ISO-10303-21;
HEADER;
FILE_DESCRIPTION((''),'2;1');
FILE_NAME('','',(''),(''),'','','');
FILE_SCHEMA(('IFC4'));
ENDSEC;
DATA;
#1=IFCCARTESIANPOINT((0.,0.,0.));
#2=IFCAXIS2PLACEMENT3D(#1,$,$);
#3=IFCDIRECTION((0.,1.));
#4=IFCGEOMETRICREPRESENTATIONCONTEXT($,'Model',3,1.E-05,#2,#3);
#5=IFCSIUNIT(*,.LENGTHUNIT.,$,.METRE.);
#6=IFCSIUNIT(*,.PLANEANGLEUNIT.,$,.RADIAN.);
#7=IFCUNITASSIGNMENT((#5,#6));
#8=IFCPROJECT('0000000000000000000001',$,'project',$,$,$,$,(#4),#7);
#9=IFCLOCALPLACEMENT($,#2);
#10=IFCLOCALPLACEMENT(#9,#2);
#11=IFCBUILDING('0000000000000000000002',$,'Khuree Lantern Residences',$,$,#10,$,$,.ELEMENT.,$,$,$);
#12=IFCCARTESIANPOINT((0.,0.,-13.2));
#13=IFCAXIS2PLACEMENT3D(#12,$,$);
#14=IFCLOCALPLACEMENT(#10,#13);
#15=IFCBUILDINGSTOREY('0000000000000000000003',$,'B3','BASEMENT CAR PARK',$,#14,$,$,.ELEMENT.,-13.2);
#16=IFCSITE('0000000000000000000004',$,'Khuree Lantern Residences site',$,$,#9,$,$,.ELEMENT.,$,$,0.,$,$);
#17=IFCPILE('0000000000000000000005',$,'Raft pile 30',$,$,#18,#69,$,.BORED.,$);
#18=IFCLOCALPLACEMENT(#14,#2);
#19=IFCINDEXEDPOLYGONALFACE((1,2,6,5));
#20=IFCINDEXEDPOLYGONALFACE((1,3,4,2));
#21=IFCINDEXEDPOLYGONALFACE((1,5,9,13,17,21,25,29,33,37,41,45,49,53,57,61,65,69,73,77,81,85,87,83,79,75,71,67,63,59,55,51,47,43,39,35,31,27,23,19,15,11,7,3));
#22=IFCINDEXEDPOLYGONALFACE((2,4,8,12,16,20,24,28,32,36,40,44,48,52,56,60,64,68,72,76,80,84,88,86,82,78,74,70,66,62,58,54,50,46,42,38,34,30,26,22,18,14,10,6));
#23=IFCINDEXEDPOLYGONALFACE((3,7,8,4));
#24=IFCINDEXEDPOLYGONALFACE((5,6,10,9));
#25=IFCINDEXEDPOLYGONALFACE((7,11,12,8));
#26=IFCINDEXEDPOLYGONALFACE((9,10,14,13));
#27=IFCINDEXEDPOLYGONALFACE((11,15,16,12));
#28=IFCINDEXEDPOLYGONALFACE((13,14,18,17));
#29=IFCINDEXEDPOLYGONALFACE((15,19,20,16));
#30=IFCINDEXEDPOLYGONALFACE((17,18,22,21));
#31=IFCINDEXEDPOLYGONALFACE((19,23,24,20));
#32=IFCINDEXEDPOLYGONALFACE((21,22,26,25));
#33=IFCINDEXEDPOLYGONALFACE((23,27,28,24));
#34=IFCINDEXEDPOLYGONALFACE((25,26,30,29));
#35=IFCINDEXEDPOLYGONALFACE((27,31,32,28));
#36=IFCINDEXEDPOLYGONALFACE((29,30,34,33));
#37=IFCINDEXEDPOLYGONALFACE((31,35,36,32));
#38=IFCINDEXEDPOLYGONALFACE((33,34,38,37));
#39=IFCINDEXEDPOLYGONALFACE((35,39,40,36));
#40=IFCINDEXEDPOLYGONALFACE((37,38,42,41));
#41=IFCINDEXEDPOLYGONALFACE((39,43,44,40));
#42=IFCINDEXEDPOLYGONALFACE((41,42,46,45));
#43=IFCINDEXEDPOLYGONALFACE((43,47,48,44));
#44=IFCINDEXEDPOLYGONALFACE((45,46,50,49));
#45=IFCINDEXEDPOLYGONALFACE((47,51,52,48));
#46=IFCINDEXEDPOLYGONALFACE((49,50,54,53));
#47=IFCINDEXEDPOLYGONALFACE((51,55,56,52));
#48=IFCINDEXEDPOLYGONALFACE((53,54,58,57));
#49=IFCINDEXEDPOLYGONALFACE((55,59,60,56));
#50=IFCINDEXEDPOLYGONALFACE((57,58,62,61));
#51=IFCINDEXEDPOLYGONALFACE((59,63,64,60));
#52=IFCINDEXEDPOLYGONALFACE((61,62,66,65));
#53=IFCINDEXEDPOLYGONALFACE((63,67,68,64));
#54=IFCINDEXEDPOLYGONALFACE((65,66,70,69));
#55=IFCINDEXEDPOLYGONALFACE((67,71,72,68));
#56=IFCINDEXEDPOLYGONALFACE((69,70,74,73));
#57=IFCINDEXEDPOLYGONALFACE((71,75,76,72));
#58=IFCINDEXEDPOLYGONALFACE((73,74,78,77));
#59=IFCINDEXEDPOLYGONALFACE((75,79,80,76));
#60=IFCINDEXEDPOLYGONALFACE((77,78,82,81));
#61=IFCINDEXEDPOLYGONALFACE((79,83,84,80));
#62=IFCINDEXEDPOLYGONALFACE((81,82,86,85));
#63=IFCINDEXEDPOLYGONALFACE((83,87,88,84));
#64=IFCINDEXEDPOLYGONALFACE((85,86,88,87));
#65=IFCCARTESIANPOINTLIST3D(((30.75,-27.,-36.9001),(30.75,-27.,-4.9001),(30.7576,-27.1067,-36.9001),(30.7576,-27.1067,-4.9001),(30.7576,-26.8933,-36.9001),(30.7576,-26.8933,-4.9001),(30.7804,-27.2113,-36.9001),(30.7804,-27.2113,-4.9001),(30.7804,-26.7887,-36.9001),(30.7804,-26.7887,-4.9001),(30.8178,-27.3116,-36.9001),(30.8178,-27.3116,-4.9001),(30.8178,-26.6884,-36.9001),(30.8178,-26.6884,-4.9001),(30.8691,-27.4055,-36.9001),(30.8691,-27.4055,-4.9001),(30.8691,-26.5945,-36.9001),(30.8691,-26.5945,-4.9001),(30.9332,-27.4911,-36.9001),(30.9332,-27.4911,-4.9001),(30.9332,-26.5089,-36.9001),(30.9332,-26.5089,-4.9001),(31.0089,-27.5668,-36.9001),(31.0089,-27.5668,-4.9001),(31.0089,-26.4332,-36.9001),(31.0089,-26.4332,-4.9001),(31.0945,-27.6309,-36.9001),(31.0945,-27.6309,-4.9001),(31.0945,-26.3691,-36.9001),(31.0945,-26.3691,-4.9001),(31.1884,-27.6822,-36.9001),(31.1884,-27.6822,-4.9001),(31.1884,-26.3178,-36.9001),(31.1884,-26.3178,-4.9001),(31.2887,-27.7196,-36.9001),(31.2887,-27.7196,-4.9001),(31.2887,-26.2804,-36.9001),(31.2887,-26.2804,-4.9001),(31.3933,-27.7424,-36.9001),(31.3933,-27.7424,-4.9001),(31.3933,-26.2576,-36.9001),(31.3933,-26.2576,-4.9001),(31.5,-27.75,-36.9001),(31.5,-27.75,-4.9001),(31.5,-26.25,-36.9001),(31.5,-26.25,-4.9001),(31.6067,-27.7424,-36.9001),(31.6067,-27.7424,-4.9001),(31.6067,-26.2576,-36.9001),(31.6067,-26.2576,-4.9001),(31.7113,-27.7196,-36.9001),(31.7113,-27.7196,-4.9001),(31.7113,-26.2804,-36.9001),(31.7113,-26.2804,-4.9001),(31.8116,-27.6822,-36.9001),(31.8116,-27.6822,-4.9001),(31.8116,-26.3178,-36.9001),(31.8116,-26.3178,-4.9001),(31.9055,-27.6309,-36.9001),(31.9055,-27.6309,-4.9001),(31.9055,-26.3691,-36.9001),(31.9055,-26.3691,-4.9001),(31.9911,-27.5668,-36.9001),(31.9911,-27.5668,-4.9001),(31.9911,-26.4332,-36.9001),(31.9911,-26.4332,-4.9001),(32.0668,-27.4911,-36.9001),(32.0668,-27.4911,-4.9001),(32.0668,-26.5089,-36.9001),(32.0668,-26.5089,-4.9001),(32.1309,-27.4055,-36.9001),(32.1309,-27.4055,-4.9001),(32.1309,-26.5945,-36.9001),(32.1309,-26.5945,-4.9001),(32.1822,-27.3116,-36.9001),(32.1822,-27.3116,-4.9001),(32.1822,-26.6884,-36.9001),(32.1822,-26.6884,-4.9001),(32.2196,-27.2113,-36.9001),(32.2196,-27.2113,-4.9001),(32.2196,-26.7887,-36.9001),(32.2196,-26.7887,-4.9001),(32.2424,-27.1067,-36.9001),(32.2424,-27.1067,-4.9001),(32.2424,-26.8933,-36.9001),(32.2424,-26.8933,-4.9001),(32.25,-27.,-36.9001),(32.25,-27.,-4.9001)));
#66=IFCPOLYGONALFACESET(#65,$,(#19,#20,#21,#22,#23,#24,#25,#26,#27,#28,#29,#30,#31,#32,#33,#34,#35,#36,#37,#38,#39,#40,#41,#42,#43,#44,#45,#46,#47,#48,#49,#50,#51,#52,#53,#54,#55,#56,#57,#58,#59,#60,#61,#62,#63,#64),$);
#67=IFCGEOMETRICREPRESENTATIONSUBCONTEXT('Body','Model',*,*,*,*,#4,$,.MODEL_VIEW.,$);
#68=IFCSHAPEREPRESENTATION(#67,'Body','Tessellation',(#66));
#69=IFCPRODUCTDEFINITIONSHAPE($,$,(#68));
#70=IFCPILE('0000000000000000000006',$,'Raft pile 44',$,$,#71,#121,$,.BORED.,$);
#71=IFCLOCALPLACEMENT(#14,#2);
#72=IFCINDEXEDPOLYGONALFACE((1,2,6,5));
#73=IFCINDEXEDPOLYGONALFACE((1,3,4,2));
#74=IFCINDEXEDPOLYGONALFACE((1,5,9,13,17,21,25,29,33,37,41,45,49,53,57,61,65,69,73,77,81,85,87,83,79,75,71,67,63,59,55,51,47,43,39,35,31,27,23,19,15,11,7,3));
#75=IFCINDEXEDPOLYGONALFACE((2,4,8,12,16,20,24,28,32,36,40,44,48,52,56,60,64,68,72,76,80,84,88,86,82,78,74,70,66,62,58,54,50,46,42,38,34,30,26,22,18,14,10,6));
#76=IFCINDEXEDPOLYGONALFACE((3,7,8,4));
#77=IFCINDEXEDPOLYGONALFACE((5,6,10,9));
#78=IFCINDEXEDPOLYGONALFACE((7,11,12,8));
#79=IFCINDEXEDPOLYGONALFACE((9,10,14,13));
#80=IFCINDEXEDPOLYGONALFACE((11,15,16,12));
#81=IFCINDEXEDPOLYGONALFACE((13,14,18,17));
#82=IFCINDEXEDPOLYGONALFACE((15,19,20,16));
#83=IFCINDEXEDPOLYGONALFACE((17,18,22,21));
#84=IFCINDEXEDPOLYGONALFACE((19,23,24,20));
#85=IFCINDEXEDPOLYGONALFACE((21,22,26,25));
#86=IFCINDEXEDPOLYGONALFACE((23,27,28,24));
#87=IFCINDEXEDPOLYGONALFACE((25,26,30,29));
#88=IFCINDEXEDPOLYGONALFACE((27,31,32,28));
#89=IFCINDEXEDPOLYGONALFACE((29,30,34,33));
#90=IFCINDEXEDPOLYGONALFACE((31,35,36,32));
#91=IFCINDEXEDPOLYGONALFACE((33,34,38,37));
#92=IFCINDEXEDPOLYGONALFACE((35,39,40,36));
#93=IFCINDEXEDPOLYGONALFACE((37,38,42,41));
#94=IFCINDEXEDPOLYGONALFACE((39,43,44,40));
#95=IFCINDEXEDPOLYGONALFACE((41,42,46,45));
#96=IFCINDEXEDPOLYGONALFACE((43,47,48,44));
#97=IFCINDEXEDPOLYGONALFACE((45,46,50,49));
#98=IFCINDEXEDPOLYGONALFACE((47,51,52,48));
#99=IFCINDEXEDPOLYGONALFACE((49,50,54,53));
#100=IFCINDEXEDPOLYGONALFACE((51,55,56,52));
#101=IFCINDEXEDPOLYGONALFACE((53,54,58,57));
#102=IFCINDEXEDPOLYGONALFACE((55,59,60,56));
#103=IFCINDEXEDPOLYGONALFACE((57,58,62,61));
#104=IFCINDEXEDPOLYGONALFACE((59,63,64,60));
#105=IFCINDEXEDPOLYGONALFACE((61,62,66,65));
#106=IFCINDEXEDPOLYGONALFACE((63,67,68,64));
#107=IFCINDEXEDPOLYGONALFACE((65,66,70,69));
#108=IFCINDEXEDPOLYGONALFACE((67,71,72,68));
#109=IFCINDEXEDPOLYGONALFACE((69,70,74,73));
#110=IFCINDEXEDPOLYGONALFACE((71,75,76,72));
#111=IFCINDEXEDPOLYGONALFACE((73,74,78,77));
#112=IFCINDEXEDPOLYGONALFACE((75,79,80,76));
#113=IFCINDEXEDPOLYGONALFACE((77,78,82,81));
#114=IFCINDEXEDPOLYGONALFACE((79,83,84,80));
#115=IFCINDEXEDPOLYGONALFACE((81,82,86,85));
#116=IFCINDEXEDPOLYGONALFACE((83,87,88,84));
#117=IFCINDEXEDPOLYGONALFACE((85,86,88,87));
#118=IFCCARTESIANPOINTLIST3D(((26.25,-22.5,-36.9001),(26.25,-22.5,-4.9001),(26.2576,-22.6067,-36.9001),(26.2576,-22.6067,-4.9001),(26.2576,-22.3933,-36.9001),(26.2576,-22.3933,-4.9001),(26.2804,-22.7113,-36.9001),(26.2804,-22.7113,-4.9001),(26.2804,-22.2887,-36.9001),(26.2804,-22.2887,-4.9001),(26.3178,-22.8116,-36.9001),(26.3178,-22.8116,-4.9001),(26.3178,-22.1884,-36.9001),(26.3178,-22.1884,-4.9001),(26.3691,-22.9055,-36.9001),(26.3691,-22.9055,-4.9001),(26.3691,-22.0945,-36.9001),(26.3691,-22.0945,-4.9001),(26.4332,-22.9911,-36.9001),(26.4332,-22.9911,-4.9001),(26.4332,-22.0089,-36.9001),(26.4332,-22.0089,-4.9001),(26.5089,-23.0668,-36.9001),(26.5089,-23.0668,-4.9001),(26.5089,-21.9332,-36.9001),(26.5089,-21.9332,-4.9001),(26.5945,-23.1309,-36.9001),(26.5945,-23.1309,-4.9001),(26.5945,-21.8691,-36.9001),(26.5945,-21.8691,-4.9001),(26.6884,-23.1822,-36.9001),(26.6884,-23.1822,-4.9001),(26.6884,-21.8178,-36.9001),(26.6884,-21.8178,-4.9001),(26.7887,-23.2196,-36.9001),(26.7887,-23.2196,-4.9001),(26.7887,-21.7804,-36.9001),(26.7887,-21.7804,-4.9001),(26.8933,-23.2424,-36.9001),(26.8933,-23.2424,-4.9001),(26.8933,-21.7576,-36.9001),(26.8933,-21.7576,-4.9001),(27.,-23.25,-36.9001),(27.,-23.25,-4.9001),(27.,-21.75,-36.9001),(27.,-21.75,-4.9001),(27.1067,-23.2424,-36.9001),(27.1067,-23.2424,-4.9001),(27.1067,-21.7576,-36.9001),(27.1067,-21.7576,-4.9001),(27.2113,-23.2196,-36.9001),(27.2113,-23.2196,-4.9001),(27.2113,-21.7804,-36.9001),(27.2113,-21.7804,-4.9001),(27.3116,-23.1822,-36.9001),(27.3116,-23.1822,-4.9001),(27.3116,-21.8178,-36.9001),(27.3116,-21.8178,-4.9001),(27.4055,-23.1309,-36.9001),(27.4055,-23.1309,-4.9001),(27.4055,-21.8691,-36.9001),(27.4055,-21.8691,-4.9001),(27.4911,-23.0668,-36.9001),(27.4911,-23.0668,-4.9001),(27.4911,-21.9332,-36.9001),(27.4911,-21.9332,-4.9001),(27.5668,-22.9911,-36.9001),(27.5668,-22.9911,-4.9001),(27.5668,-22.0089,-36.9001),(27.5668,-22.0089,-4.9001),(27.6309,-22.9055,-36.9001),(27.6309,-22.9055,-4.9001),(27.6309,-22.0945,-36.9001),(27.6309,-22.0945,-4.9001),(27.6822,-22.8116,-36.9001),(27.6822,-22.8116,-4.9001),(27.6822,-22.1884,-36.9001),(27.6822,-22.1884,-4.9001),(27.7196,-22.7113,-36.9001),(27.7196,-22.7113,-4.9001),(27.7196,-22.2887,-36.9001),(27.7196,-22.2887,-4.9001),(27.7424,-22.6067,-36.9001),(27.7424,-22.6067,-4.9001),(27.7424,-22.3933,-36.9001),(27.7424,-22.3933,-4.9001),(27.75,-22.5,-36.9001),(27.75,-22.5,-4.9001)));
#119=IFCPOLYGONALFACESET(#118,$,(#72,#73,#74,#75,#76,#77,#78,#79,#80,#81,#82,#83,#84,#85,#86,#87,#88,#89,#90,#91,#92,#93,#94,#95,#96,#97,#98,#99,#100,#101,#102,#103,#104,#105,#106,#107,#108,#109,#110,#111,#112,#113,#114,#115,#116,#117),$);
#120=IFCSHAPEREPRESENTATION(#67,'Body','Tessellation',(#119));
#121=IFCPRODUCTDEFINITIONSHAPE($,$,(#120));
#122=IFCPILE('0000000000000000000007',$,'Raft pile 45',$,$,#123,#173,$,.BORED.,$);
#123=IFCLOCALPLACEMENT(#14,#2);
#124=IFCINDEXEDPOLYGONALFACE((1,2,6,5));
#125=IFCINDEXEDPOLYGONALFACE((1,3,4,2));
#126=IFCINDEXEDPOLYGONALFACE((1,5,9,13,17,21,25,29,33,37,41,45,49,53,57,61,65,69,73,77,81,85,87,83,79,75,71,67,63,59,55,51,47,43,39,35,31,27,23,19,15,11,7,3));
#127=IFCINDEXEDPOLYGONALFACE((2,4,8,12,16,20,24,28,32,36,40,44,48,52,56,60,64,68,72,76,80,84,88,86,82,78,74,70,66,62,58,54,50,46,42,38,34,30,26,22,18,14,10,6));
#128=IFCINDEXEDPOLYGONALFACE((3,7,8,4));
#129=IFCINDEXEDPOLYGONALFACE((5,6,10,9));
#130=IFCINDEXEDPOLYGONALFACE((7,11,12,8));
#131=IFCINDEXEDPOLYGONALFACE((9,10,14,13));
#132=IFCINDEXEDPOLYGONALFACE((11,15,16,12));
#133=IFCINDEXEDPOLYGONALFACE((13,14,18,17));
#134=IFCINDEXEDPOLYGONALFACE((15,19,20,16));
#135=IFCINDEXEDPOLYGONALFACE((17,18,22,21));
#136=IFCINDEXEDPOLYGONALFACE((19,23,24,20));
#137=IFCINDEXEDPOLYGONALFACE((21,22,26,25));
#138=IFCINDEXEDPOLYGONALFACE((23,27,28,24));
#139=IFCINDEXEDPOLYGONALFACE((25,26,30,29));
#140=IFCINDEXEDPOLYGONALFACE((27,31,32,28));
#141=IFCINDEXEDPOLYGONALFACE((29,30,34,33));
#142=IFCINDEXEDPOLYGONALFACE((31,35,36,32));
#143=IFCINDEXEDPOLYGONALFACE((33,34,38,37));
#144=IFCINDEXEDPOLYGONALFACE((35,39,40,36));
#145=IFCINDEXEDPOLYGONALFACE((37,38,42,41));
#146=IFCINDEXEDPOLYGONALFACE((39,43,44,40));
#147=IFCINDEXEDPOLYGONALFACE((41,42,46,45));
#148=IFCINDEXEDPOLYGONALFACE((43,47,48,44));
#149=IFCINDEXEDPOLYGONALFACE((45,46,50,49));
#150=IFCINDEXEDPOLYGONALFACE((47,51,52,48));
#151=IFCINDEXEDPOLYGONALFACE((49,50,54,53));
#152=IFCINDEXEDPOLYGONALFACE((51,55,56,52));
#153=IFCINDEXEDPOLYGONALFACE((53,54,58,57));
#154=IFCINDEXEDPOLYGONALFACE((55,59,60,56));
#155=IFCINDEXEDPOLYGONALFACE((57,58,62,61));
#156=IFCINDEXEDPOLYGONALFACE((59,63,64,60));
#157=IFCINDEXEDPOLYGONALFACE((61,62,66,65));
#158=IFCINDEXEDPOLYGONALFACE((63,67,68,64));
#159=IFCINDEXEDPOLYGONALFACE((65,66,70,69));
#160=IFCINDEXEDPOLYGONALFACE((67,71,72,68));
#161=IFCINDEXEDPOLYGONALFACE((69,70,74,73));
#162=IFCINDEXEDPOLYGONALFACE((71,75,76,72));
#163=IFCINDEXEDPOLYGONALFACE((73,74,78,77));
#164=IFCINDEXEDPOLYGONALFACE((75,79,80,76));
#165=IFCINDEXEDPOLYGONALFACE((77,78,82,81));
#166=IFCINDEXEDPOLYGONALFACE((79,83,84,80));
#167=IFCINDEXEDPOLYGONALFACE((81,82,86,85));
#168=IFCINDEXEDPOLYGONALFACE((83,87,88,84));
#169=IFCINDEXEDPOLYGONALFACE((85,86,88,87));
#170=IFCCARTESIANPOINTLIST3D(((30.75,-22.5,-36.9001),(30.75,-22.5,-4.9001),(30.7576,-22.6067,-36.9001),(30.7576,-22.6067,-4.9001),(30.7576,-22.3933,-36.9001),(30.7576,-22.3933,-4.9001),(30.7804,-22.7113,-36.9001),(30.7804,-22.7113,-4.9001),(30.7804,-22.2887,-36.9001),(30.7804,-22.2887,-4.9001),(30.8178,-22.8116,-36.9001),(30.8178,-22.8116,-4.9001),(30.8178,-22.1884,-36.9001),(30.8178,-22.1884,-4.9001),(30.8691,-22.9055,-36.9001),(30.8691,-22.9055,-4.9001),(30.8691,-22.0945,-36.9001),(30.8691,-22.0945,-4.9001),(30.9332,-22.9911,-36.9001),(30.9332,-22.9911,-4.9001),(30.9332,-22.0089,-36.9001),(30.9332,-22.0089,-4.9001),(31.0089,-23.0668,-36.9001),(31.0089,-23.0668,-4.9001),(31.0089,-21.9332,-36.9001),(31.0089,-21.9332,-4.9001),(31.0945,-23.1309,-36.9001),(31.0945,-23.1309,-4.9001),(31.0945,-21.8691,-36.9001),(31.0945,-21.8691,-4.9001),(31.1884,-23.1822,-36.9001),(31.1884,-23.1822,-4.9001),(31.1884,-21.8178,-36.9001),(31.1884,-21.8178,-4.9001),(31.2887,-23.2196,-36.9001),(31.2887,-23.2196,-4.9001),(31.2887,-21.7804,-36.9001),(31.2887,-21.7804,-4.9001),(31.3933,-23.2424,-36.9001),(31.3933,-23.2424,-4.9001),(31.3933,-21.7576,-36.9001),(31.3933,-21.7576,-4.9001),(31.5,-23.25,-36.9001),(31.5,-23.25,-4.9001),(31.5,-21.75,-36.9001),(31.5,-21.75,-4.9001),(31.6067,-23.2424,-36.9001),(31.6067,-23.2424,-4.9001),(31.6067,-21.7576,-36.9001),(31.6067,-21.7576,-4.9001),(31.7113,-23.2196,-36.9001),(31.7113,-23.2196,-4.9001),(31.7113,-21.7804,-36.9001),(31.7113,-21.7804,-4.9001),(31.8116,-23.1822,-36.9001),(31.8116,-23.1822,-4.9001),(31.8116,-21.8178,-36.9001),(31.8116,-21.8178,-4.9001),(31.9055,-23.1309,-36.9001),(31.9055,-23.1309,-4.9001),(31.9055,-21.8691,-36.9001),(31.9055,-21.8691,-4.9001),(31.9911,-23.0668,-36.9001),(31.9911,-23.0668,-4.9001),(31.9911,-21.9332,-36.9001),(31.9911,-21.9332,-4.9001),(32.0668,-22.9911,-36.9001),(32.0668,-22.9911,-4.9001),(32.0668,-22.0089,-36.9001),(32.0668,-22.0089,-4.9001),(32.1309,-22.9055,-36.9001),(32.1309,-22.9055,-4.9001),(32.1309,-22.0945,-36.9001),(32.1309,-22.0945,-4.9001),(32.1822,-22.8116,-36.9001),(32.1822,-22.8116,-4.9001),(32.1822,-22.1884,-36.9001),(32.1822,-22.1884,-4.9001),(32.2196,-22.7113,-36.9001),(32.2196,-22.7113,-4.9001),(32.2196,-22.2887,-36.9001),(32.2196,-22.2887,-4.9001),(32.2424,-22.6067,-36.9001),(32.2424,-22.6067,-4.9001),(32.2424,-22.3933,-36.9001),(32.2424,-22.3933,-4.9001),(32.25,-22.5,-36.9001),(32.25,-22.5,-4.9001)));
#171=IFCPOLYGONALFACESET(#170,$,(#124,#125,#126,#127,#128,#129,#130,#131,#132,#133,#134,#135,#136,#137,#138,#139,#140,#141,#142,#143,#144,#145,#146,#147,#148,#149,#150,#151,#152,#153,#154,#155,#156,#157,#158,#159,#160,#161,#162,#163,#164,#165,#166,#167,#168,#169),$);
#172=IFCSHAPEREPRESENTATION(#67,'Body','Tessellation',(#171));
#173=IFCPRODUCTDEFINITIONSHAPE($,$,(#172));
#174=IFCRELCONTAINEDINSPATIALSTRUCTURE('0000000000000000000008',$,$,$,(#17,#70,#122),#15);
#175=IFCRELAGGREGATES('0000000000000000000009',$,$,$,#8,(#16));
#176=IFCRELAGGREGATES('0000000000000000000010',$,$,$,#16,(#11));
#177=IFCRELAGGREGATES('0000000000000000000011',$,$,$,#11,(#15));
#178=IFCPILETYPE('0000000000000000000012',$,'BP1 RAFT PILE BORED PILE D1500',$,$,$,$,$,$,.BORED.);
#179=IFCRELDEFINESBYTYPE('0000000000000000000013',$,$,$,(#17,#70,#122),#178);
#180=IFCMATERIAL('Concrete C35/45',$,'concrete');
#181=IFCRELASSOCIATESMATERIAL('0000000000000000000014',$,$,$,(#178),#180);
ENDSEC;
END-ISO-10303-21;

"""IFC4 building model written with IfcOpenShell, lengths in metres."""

from ifc_helpers import new_model, si_unit, direction, frame, origin, origin_2d, place, context, subcontext, project, spatial, circle, extrude, material, material_profile, profile_set, type_object, element, save


model = new_model("IFC4")

# Units and contexts
model_context = context("Model", 3, precision=1e-05, world=origin(), true_north=direction((0.0, 1.0)))
body_context = subcontext(model_context, "Body", "Model", "MODEL_VIEW")
ifc_project = project(units=[si_unit("LENGTHUNIT", "METRE"), si_unit("PLANEANGLEUNIT", "RADIAN")], contexts=[model_context])

# Site, building, storey
site_placement = place(None, origin())
site = spatial("IfcSite", under=ifc_project, at=site_placement, Name="Khuree Lantern Residences site", CompositionType="ELEMENT", RefElevation=0.0)
building_placement = place(site_placement, origin())
building = spatial("IfcBuilding", under=site, at=building_placement, Name="Khuree Lantern Residences", CompositionType="ELEMENT")
storey_placement = place(building_placement, frame((0.0, 0.0, -13.2)))
storey = spatial("IfcBuildingStorey", under=building, at=storey_placement, Name="B3", Description="BASEMENT CAR PARK", CompositionType="ELEMENT", Elevation=-13.2)

# Piles
ifc_material_1 = material(Name="Concrete C35/45", Category="concrete")
ifc_material_profile_1 = material_profile(ifc_material_1, circle(Radius=0.75, at=origin_2d()), Name="BORED PILE D1500")
ifc_profile_set_1 = profile_set([ifc_material_profile_1], Name="Concrete C35/45")
pile_type_1 = type_object("IfcPileType", Name="BP1 RAFT PILE BORED PILE D1500", PredefinedType="BORED", material=ifc_profile_set_1)
for number, where, z_axis, x_axis, name in (
    (1, (31.5, -27.0, -4.9001), (0.0, 0.0, -1.0), (1.0, 0.0, 0.0), "Raft pile 30"),
    (2, (27.0, -22.5, -4.9001), (0.0, 0.0, -1.0), (1.0, 0.0, 0.0), "Raft pile 44"),
    (3, (31.5, -22.5, -4.9001), (0.0, 0.0, -1.0), (1.0, 0.0, 0.0), "Raft pile 45"),
):
    element("IfcPile", number, at=place(storey_placement, frame(where, z_axis=z_axis, x_axis=x_axis)), inside=storey, type_object=pile_type_1, Name=name, PredefinedType="BORED", context=body_context, shape_type="SweptSolid", body=[
        extrude(circle(Radius=0.75, at=origin_2d()), origin(), (0.0, 0.0, 1.0), 32.0),
    ])

save(model, "model.ifc")
